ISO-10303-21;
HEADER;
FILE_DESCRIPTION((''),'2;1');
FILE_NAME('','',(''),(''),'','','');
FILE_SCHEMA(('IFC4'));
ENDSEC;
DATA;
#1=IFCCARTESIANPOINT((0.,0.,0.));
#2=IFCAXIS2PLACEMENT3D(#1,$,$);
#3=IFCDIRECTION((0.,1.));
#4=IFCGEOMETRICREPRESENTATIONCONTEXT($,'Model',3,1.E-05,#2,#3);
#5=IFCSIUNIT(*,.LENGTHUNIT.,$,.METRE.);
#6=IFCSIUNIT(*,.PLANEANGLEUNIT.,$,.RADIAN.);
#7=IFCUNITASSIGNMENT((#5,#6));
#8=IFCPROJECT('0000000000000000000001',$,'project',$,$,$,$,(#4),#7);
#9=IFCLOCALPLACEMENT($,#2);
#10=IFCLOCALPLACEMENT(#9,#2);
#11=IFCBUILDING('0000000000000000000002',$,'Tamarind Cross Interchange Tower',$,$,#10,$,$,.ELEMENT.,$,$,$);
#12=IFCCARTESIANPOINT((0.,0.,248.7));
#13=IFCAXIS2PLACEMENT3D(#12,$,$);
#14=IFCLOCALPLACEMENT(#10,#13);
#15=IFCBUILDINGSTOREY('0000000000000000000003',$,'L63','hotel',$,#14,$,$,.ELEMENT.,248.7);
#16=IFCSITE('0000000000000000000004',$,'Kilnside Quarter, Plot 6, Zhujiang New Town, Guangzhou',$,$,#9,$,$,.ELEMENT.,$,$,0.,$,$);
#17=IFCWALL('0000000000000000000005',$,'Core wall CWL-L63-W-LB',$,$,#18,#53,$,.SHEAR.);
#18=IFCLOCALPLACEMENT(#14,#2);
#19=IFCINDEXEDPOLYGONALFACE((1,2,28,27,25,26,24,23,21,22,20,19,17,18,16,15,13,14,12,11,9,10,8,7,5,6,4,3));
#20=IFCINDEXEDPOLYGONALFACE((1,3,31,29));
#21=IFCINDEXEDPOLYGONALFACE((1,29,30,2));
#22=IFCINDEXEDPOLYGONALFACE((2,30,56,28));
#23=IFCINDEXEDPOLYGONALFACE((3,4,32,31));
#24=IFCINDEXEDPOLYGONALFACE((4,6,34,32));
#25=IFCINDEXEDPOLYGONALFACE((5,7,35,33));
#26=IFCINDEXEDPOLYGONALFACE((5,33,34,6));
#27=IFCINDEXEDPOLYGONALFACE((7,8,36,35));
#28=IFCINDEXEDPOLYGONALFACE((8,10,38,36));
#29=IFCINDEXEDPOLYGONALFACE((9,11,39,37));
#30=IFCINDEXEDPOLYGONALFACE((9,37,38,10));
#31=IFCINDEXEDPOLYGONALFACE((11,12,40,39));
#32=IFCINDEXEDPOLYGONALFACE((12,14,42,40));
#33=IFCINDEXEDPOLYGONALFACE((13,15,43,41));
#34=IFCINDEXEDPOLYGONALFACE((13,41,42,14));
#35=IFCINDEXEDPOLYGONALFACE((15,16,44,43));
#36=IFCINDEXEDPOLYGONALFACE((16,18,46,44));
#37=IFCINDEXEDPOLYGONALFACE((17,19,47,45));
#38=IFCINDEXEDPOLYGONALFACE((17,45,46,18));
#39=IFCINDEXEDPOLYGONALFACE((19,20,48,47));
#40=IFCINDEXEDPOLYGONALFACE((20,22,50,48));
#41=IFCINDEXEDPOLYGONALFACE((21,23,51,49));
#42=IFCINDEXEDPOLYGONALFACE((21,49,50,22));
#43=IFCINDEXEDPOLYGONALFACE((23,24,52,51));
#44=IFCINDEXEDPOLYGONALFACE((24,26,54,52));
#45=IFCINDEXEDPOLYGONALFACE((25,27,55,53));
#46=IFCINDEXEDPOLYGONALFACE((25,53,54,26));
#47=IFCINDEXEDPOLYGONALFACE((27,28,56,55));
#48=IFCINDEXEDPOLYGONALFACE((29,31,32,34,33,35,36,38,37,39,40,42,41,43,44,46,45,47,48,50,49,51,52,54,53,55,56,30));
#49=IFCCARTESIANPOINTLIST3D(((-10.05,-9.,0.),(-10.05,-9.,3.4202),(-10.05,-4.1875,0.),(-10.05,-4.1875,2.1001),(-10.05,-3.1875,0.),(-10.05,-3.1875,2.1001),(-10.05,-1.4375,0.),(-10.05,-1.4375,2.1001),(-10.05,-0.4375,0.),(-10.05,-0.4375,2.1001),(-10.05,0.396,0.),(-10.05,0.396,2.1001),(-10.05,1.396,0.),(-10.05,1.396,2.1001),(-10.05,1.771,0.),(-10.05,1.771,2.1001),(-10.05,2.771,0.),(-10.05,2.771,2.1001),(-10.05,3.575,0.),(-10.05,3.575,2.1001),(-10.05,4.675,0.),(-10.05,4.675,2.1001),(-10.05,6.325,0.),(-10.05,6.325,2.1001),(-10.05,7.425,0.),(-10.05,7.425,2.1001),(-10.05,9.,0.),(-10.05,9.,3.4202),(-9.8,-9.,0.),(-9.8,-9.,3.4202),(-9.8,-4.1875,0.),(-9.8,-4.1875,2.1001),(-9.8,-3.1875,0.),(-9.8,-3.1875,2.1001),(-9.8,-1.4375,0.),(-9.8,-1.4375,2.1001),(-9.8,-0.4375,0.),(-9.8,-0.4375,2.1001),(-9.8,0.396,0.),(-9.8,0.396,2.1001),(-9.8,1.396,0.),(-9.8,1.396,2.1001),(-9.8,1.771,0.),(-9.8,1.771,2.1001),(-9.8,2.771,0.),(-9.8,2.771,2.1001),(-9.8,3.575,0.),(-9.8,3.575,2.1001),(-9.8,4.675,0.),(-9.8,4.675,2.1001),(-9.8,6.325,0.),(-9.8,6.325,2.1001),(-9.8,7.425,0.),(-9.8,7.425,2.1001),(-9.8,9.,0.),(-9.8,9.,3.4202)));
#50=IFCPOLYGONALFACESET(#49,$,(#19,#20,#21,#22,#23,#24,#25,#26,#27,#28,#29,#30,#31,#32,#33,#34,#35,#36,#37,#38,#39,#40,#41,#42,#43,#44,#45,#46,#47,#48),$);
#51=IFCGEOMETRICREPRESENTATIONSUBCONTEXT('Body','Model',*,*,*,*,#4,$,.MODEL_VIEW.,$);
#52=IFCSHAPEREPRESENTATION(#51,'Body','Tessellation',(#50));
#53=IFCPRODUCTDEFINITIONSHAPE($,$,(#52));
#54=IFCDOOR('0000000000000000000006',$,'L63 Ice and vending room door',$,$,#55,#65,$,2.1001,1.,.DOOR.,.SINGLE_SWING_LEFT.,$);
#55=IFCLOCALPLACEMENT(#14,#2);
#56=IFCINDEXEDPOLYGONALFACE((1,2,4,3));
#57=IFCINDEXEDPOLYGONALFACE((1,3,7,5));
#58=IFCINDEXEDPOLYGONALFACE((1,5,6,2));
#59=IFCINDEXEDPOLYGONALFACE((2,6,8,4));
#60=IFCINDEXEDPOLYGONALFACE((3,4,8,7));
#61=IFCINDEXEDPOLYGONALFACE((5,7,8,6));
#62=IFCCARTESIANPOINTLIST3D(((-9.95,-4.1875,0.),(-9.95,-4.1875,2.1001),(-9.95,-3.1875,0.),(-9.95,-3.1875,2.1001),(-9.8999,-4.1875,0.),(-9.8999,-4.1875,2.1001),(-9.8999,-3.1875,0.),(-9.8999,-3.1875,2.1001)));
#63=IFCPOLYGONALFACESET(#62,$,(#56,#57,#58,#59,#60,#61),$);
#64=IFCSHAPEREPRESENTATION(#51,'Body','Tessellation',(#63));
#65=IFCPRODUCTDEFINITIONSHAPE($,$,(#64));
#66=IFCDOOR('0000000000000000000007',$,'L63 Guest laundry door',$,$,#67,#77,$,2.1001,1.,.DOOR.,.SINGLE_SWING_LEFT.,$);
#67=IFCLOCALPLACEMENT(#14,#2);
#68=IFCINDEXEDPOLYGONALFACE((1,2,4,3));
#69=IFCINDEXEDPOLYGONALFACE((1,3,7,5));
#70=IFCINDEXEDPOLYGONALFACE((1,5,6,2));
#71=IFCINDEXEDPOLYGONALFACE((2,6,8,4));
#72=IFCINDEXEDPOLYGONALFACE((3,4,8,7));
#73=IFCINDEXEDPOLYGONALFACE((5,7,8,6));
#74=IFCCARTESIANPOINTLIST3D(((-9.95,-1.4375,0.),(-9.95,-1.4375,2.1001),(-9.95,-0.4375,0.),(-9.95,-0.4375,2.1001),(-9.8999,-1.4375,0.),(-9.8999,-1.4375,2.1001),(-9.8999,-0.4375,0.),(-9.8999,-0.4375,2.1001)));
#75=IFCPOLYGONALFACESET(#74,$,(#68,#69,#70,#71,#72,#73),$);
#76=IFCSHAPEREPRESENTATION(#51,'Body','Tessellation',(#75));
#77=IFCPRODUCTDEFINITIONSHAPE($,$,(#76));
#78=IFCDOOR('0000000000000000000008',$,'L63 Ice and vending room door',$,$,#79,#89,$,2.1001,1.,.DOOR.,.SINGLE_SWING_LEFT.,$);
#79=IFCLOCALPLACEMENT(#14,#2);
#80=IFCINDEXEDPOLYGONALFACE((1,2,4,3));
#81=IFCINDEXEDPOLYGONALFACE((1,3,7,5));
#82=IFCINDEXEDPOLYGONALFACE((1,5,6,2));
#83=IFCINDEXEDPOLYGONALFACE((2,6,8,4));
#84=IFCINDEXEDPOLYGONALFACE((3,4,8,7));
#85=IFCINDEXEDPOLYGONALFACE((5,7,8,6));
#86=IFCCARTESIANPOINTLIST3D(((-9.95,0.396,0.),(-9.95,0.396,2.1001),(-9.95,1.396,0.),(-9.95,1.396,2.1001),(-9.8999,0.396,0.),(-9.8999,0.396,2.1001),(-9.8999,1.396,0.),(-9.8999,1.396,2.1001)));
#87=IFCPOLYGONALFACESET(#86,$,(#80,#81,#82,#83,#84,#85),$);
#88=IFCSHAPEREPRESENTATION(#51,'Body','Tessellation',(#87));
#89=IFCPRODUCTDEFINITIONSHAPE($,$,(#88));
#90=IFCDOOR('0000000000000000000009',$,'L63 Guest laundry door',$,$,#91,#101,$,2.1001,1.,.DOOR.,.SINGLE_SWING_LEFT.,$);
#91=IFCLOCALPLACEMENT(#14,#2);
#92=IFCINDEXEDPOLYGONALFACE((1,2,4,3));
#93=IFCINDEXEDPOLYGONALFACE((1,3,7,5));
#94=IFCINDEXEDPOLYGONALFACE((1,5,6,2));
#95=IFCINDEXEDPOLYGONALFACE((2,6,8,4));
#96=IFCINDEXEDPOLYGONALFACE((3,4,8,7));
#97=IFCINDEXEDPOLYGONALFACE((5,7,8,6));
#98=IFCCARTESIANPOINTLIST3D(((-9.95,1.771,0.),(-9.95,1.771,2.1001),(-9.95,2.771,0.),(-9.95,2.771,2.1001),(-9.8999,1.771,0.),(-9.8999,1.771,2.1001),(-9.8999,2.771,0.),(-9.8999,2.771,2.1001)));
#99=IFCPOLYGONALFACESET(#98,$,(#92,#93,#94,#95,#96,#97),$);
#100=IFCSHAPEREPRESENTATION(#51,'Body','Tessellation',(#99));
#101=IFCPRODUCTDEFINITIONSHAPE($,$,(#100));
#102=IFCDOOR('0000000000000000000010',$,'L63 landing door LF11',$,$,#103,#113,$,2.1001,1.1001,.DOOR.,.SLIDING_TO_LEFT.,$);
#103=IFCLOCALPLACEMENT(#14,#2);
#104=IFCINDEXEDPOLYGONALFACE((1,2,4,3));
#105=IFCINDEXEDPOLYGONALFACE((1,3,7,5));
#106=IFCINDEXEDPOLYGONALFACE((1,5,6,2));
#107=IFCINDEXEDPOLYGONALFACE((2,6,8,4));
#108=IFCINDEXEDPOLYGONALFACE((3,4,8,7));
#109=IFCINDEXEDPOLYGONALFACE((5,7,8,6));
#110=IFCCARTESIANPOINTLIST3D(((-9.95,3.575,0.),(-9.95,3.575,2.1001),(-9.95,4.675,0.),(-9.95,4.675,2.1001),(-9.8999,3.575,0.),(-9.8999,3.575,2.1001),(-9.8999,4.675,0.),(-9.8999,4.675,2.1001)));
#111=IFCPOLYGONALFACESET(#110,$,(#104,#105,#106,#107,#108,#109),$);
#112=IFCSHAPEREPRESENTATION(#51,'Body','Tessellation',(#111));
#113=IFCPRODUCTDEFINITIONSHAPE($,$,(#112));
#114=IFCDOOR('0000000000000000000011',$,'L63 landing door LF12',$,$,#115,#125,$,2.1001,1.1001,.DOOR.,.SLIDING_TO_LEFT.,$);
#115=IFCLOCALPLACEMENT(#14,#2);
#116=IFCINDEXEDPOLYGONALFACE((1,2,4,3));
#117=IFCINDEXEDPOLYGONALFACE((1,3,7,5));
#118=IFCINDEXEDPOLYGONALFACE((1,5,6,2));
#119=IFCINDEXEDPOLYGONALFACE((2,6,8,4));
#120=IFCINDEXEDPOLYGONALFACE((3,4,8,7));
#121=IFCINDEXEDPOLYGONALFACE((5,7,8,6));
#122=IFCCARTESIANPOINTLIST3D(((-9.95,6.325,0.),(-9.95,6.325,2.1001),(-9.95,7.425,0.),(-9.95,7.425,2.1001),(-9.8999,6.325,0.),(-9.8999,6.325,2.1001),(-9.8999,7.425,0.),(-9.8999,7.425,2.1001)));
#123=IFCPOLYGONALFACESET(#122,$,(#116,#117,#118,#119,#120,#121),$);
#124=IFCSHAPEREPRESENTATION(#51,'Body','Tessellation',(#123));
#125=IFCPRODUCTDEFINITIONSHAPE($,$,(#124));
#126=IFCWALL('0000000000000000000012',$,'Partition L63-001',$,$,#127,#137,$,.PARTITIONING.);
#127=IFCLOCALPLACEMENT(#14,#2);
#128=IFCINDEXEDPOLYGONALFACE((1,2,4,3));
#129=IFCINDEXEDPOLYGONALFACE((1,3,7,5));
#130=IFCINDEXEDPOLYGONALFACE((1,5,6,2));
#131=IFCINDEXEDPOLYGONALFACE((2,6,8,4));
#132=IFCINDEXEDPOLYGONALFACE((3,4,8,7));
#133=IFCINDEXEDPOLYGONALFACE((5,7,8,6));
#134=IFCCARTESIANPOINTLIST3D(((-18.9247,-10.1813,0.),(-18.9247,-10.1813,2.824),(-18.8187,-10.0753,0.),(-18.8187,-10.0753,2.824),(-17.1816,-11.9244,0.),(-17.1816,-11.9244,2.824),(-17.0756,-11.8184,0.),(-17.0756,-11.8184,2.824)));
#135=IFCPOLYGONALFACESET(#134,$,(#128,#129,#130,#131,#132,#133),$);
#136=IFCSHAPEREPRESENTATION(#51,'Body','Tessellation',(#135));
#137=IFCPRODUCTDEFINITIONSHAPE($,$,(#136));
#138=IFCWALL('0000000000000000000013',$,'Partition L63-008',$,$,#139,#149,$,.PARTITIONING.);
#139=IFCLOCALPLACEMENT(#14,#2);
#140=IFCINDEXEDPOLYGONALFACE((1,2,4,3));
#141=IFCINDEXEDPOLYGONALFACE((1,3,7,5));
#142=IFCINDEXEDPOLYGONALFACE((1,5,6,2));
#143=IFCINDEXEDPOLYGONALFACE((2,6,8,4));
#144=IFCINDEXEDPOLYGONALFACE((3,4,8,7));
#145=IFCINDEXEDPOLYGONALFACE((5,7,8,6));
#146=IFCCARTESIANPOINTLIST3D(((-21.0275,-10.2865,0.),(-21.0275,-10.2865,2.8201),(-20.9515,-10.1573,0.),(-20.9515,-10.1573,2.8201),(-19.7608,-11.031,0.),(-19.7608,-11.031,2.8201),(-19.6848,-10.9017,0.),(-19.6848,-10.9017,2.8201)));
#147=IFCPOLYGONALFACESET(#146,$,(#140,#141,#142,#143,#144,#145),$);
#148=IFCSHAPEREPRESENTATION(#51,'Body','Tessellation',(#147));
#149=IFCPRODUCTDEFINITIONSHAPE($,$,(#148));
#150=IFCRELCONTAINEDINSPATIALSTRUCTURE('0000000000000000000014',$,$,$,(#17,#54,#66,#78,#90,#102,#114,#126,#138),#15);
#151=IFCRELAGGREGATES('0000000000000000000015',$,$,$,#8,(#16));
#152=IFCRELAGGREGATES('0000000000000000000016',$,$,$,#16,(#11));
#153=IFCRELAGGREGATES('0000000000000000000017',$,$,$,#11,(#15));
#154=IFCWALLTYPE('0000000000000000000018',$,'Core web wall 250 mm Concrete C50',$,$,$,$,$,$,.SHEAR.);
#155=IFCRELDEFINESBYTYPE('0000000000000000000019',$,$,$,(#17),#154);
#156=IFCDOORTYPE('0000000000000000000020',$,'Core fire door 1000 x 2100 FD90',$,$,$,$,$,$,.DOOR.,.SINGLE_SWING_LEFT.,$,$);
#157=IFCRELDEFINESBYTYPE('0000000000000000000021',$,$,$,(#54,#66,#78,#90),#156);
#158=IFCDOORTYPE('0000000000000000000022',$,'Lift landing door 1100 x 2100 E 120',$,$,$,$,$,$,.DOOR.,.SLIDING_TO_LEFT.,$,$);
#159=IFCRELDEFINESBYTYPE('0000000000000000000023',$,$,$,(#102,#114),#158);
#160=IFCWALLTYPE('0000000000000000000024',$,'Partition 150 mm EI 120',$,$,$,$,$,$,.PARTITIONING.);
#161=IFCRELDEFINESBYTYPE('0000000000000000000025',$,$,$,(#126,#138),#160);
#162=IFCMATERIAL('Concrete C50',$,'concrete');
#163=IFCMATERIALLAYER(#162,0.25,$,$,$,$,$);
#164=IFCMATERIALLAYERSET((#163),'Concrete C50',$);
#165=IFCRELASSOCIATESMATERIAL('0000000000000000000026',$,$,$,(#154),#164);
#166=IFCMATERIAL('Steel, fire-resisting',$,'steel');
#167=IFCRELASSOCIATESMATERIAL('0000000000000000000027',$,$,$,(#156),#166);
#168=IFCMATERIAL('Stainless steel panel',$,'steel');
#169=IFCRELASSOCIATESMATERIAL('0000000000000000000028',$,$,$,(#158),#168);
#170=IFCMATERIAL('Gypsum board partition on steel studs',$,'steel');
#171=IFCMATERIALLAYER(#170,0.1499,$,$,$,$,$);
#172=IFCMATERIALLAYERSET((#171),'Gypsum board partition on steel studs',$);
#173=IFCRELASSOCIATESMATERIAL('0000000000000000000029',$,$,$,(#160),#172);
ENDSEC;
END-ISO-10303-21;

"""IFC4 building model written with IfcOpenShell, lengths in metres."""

from ifc_helpers import new_model, si_unit, direction, frame, frame_2d, origin, place, context, subcontext, project, spatial, rectangle, extrude, material, layer, layer_set, type_object, element, fill, save


model = new_model("IFC4")

# Units and contexts
model_context = context("Model", 3, precision=1e-05, world=origin(), true_north=direction((0.0, 1.0)))
body_context = subcontext(model_context, "Body", "Model", "MODEL_VIEW")
ifc_project = project(units=[si_unit("LENGTHUNIT", "METRE"), si_unit("PLANEANGLEUNIT", "RADIAN")], contexts=[model_context])

# Site, building, storey
site_placement = place(None, origin())
site = spatial("IfcSite", under=ifc_project, at=site_placement, Name="Kilnside Quarter, Plot 6, Zhujiang New Town, Guangzhou", CompositionType="ELEMENT", RefElevation=0.0)
building_placement = place(site_placement, origin())
building = spatial("IfcBuilding", under=site, at=building_placement, Name="Tamarind Cross Interchange Tower", CompositionType="ELEMENT")
storey_placement = place(building_placement, frame((0.0, 0.0, 248.7)))
storey = spatial("IfcBuildingStorey", under=building, at=storey_placement, Name="L63", Description="hotel", CompositionType="ELEMENT", Elevation=248.7)

# Shared definitions
ifc_material_1 = material(Name="Concrete C50", Category="concrete")

# Wall, openings, doors
ifc_material_2 = material(Name="Steel, fire-resisting", Category="steel")
ifc_layer_1 = layer(ifc_material_1, 0.25)
ifc_layer_set_1 = layer_set([ifc_layer_1], Name="Concrete C50")
wall_type_1 = type_object("IfcWallType", Name="Core web wall 250 mm Concrete C50", PredefinedType="SHEAR", material=ifc_layer_set_1)
door_type_1 = type_object("IfcDoorType", Name="Core fire door 1000 x 2100 FD90", OperationType="SINGLE_SWING_LEFT", PredefinedType="DOOR", material=ifc_material_2)
ifc_material_3 = material(Name="Stainless steel panel", Category="steel")
wall_1_placement = place(storey_placement, frame((-9.925, -9.0, 0.0), z_axis=(0.0, 0.0, 1.0), x_axis=(0.0, 1.0, 0.0)))
wall_1 = element("IfcWall", 1, at=wall_1_placement, inside=storey, type_object=wall_type_1, Name="Core wall CWL-L63-W-LB", PredefinedType="SHEAR", context=body_context, shape_type="SweptSolid", body=[
    extrude(rectangle(XDim=18.0, YDim=0.25, at=frame_2d((9.0, 0.0))), origin(), (0.0, 0.0, 1.0), 3.4202),
])
opening_1_placement = place(wall_1_placement, frame((12.575, 0.0, 0.0)))
opening_1 = element("IfcOpeningElement", 2, at=opening_1_placement, cuts=wall_1, PredefinedType="OPENING", context=body_context, shape_type="SweptSolid", body=[
    extrude(rectangle(XDim=1.1001, YDim=2.1001, at=frame_2d((0.55, 1.05))), frame((0.0, 0.135, 0.0), z_axis=(0.0, -1.0, 0.0), x_axis=(1.0, 0.0, 0.0)), (0.0, 0.0, 1.0), 0.27),
])
opening_2_placement = place(wall_1_placement, frame((15.325, 0.0, 0.0)))
opening_2 = element("IfcOpeningElement", 3, at=opening_2_placement, cuts=wall_1, PredefinedType="OPENING", context=body_context, shape_type="SweptSolid", body=[
    extrude(rectangle(XDim=1.1001, YDim=2.1001, at=frame_2d((0.55, 1.05))), frame((0.0, 0.135, 0.0), z_axis=(0.0, -1.0, 0.0), x_axis=(1.0, 0.0, 0.0)), (0.0, 0.0, 1.0), 0.27),
])
opening_3_placement = place(wall_1_placement, frame((4.8125, 0.0, 0.0)))
opening_3 = element("IfcOpeningElement", 4, at=opening_3_placement, cuts=wall_1, PredefinedType="OPENING", context=body_context, shape_type="SweptSolid", body=[
    extrude(rectangle(XDim=1.0, YDim=2.1001, at=frame_2d((0.5, 1.05))), frame((0.0, 0.135, 0.0), z_axis=(0.0, -1.0, 0.0), x_axis=(1.0, 0.0, 0.0)), (0.0, 0.0, 1.0), 0.27),
])
opening_4_placement = place(wall_1_placement, frame((7.5625, 0.0, 0.0)))
opening_4 = element("IfcOpeningElement", 5, at=opening_4_placement, cuts=wall_1, PredefinedType="OPENING", context=body_context, shape_type="SweptSolid", body=[
    extrude(rectangle(XDim=1.0, YDim=2.1001, at=frame_2d((0.5, 1.05))), frame((0.0, 0.135, 0.0), z_axis=(0.0, -1.0, 0.0), x_axis=(1.0, 0.0, 0.0)), (0.0, 0.0, 1.0), 0.27),
])
opening_5_placement = place(wall_1_placement, frame((9.396, 0.0, 0.0)))
opening_5 = element("IfcOpeningElement", 6, at=opening_5_placement, cuts=wall_1, PredefinedType="OPENING", context=body_context, shape_type="SweptSolid", body=[
    extrude(rectangle(XDim=1.0, YDim=2.1001, at=frame_2d((0.5, 1.05))), frame((0.0, 0.135, 0.0), z_axis=(0.0, -1.0, 0.0), x_axis=(1.0, 0.0, 0.0)), (0.0, 0.0, 1.0), 0.27),
])
opening_6_placement = place(wall_1_placement, frame((10.771, 0.0, 0.0)))
opening_6 = element("IfcOpeningElement", 7, at=opening_6_placement, cuts=wall_1, PredefinedType="OPENING", context=body_context, shape_type="SweptSolid", body=[
    extrude(rectangle(XDim=1.0, YDim=2.1001, at=frame_2d((0.5, 1.05))), frame((0.0, 0.135, 0.0), z_axis=(0.0, -1.0, 0.0), x_axis=(1.0, 0.0, 0.0)), (0.0, 0.0, 1.0), 0.27),
])
door_1_placement = place(opening_3_placement, origin())
door_1 = element("IfcDoor", 8, at=door_1_placement, inside=storey, type_object=door_type_1, Name="L63 Ice and vending room door", OperationType="SINGLE_SWING_LEFT", OverallHeight=2.1001, OverallWidth=1.0, PredefinedType="DOOR", context=body_context, shape_type="SweptSolid", body=[
    extrude(rectangle(XDim=1.0, YDim=2.1001, at=frame_2d((0.5, 1.05))), frame((0.0, 0.0249, 0.0), z_axis=(0.0, -1.0, 0.0), x_axis=(1.0, 0.0, 0.0)), (0.0, 0.0, 1.0), 0.05),
])
fill(opening_3, door_1)
door_2_placement = place(opening_4_placement, origin())
door_2 = element("IfcDoor", 9, at=door_2_placement, inside=storey, type_object=door_type_1, Name="L63 Guest laundry door", OperationType="SINGLE_SWING_LEFT", OverallHeight=2.1001, OverallWidth=1.0, PredefinedType="DOOR", context=body_context, shape_type="SweptSolid", body=[
    extrude(rectangle(XDim=1.0, YDim=2.1001, at=frame_2d((0.5, 1.05))), frame((0.0, 0.0249, 0.0), z_axis=(0.0, -1.0, 0.0), x_axis=(1.0, 0.0, 0.0)), (0.0, 0.0, 1.0), 0.05),
])
fill(opening_4, door_2)
door_3_placement = place(opening_5_placement, origin())
door_3 = element("IfcDoor", 10, at=door_3_placement, inside=storey, type_object=door_type_1, Name="L63 Ice and vending room door", OperationType="SINGLE_SWING_LEFT", OverallHeight=2.1001, OverallWidth=1.0, PredefinedType="DOOR", context=body_context, shape_type="SweptSolid", body=[
    extrude(rectangle(XDim=1.0, YDim=2.1001, at=frame_2d((0.5, 1.05))), frame((0.0, 0.0249, 0.0), z_axis=(0.0, -1.0, 0.0), x_axis=(1.0, 0.0, 0.0)), (0.0, 0.0, 1.0), 0.05),
])
fill(opening_5, door_3)
door_4_placement = place(opening_6_placement, origin())
door_4 = element("IfcDoor", 11, at=door_4_placement, inside=storey, type_object=door_type_1, Name="L63 Guest laundry door", OperationType="SINGLE_SWING_LEFT", OverallHeight=2.1001, OverallWidth=1.0, PredefinedType="DOOR", context=body_context, shape_type="SweptSolid", body=[
    extrude(rectangle(XDim=1.0, YDim=2.1001, at=frame_2d((0.5, 1.05))), frame((0.0, 0.0249, 0.0), z_axis=(0.0, -1.0, 0.0), x_axis=(1.0, 0.0, 0.0)), (0.0, 0.0, 1.0), 0.05),
])
fill(opening_6, door_4)
door_type_2 = type_object("IfcDoorType", Name="Lift landing door 1100 x 2100 E 120", OperationType="SLIDING_TO_LEFT", PredefinedType="DOOR", material=ifc_material_3)
door_5_placement = place(opening_1_placement, origin())
door_5 = element("IfcDoor", 12, at=door_5_placement, inside=storey, type_object=door_type_2, Name="L63 landing door LF11", OperationType="SLIDING_TO_LEFT", OverallHeight=2.1001, OverallWidth=1.1001, PredefinedType="DOOR", context=body_context, shape_type="SweptSolid", body=[
    extrude(rectangle(XDim=1.1001, YDim=2.1001, at=frame_2d((0.55, 1.05))), frame((0.0, 0.0249, 0.0), z_axis=(0.0, -1.0, 0.0), x_axis=(1.0, 0.0, 0.0)), (0.0, 0.0, 1.0), 0.05),
])
fill(opening_1, door_5)
door_6_placement = place(opening_2_placement, origin())
door_6 = element("IfcDoor", 13, at=door_6_placement, inside=storey, type_object=door_type_2, Name="L63 landing door LF12", OperationType="SLIDING_TO_LEFT", OverallHeight=2.1001, OverallWidth=1.1001, PredefinedType="DOOR", context=body_context, shape_type="SweptSolid", body=[
    extrude(rectangle(XDim=1.1001, YDim=2.1001, at=frame_2d((0.55, 1.05))), frame((0.0, 0.0249, 0.0), z_axis=(0.0, -1.0, 0.0), x_axis=(1.0, 0.0, 0.0)), (0.0, 0.0, 1.0), 0.05),
])
fill(opening_2, door_6)

# Walls
ifc_material_4 = material(Name="Gypsum board partition on steel studs", Category="steel")
ifc_layer_2 = layer(ifc_material_4, 0.1499)
ifc_layer_set_2 = layer_set([ifc_layer_2], Name="Gypsum board partition on steel studs")
wall_type_2 = type_object("IfcWallType", Name="Partition 150 mm EI 120", PredefinedType="PARTITIONING", material=ifc_layer_set_2)
wall_2_placement = place(storey_placement, frame((-18.8716, -10.1284, 0.0), z_axis=(0.0, 0.0, 1.0), x_axis=(0.707107, -0.707107, 0.0)))
element("IfcWall", 14, at=wall_2_placement, inside=storey, type_object=wall_type_2, Name="Partition L63-001", PredefinedType="PARTITIONING", context=body_context, shape_type="SweptSolid", body=[
    extrude(rectangle(XDim=2.4651, YDim=0.1499, at=frame_2d((1.2324, 0.0))), origin(), (0.0, 0.0, 1.0), 2.824),
])
wall_3_placement = place(storey_placement, frame((-20.9895, -10.2219, 0.0), z_axis=(0.0, 0.0, 1.0), x_axis=(0.862135, -0.506679, 0.0)))
element("IfcWall", 15, at=wall_3_placement, inside=storey, type_object=wall_type_2, Name="Partition L63-008", PredefinedType="PARTITIONING", context=body_context, shape_type="SweptSolid", body=[
    extrude(rectangle(XDim=1.4692, YDim=0.1499, at=frame_2d((0.7346, 0.0))), origin(), (0.0, 0.0, 1.0), 2.8201),
])

save(model, "model.ifc")
